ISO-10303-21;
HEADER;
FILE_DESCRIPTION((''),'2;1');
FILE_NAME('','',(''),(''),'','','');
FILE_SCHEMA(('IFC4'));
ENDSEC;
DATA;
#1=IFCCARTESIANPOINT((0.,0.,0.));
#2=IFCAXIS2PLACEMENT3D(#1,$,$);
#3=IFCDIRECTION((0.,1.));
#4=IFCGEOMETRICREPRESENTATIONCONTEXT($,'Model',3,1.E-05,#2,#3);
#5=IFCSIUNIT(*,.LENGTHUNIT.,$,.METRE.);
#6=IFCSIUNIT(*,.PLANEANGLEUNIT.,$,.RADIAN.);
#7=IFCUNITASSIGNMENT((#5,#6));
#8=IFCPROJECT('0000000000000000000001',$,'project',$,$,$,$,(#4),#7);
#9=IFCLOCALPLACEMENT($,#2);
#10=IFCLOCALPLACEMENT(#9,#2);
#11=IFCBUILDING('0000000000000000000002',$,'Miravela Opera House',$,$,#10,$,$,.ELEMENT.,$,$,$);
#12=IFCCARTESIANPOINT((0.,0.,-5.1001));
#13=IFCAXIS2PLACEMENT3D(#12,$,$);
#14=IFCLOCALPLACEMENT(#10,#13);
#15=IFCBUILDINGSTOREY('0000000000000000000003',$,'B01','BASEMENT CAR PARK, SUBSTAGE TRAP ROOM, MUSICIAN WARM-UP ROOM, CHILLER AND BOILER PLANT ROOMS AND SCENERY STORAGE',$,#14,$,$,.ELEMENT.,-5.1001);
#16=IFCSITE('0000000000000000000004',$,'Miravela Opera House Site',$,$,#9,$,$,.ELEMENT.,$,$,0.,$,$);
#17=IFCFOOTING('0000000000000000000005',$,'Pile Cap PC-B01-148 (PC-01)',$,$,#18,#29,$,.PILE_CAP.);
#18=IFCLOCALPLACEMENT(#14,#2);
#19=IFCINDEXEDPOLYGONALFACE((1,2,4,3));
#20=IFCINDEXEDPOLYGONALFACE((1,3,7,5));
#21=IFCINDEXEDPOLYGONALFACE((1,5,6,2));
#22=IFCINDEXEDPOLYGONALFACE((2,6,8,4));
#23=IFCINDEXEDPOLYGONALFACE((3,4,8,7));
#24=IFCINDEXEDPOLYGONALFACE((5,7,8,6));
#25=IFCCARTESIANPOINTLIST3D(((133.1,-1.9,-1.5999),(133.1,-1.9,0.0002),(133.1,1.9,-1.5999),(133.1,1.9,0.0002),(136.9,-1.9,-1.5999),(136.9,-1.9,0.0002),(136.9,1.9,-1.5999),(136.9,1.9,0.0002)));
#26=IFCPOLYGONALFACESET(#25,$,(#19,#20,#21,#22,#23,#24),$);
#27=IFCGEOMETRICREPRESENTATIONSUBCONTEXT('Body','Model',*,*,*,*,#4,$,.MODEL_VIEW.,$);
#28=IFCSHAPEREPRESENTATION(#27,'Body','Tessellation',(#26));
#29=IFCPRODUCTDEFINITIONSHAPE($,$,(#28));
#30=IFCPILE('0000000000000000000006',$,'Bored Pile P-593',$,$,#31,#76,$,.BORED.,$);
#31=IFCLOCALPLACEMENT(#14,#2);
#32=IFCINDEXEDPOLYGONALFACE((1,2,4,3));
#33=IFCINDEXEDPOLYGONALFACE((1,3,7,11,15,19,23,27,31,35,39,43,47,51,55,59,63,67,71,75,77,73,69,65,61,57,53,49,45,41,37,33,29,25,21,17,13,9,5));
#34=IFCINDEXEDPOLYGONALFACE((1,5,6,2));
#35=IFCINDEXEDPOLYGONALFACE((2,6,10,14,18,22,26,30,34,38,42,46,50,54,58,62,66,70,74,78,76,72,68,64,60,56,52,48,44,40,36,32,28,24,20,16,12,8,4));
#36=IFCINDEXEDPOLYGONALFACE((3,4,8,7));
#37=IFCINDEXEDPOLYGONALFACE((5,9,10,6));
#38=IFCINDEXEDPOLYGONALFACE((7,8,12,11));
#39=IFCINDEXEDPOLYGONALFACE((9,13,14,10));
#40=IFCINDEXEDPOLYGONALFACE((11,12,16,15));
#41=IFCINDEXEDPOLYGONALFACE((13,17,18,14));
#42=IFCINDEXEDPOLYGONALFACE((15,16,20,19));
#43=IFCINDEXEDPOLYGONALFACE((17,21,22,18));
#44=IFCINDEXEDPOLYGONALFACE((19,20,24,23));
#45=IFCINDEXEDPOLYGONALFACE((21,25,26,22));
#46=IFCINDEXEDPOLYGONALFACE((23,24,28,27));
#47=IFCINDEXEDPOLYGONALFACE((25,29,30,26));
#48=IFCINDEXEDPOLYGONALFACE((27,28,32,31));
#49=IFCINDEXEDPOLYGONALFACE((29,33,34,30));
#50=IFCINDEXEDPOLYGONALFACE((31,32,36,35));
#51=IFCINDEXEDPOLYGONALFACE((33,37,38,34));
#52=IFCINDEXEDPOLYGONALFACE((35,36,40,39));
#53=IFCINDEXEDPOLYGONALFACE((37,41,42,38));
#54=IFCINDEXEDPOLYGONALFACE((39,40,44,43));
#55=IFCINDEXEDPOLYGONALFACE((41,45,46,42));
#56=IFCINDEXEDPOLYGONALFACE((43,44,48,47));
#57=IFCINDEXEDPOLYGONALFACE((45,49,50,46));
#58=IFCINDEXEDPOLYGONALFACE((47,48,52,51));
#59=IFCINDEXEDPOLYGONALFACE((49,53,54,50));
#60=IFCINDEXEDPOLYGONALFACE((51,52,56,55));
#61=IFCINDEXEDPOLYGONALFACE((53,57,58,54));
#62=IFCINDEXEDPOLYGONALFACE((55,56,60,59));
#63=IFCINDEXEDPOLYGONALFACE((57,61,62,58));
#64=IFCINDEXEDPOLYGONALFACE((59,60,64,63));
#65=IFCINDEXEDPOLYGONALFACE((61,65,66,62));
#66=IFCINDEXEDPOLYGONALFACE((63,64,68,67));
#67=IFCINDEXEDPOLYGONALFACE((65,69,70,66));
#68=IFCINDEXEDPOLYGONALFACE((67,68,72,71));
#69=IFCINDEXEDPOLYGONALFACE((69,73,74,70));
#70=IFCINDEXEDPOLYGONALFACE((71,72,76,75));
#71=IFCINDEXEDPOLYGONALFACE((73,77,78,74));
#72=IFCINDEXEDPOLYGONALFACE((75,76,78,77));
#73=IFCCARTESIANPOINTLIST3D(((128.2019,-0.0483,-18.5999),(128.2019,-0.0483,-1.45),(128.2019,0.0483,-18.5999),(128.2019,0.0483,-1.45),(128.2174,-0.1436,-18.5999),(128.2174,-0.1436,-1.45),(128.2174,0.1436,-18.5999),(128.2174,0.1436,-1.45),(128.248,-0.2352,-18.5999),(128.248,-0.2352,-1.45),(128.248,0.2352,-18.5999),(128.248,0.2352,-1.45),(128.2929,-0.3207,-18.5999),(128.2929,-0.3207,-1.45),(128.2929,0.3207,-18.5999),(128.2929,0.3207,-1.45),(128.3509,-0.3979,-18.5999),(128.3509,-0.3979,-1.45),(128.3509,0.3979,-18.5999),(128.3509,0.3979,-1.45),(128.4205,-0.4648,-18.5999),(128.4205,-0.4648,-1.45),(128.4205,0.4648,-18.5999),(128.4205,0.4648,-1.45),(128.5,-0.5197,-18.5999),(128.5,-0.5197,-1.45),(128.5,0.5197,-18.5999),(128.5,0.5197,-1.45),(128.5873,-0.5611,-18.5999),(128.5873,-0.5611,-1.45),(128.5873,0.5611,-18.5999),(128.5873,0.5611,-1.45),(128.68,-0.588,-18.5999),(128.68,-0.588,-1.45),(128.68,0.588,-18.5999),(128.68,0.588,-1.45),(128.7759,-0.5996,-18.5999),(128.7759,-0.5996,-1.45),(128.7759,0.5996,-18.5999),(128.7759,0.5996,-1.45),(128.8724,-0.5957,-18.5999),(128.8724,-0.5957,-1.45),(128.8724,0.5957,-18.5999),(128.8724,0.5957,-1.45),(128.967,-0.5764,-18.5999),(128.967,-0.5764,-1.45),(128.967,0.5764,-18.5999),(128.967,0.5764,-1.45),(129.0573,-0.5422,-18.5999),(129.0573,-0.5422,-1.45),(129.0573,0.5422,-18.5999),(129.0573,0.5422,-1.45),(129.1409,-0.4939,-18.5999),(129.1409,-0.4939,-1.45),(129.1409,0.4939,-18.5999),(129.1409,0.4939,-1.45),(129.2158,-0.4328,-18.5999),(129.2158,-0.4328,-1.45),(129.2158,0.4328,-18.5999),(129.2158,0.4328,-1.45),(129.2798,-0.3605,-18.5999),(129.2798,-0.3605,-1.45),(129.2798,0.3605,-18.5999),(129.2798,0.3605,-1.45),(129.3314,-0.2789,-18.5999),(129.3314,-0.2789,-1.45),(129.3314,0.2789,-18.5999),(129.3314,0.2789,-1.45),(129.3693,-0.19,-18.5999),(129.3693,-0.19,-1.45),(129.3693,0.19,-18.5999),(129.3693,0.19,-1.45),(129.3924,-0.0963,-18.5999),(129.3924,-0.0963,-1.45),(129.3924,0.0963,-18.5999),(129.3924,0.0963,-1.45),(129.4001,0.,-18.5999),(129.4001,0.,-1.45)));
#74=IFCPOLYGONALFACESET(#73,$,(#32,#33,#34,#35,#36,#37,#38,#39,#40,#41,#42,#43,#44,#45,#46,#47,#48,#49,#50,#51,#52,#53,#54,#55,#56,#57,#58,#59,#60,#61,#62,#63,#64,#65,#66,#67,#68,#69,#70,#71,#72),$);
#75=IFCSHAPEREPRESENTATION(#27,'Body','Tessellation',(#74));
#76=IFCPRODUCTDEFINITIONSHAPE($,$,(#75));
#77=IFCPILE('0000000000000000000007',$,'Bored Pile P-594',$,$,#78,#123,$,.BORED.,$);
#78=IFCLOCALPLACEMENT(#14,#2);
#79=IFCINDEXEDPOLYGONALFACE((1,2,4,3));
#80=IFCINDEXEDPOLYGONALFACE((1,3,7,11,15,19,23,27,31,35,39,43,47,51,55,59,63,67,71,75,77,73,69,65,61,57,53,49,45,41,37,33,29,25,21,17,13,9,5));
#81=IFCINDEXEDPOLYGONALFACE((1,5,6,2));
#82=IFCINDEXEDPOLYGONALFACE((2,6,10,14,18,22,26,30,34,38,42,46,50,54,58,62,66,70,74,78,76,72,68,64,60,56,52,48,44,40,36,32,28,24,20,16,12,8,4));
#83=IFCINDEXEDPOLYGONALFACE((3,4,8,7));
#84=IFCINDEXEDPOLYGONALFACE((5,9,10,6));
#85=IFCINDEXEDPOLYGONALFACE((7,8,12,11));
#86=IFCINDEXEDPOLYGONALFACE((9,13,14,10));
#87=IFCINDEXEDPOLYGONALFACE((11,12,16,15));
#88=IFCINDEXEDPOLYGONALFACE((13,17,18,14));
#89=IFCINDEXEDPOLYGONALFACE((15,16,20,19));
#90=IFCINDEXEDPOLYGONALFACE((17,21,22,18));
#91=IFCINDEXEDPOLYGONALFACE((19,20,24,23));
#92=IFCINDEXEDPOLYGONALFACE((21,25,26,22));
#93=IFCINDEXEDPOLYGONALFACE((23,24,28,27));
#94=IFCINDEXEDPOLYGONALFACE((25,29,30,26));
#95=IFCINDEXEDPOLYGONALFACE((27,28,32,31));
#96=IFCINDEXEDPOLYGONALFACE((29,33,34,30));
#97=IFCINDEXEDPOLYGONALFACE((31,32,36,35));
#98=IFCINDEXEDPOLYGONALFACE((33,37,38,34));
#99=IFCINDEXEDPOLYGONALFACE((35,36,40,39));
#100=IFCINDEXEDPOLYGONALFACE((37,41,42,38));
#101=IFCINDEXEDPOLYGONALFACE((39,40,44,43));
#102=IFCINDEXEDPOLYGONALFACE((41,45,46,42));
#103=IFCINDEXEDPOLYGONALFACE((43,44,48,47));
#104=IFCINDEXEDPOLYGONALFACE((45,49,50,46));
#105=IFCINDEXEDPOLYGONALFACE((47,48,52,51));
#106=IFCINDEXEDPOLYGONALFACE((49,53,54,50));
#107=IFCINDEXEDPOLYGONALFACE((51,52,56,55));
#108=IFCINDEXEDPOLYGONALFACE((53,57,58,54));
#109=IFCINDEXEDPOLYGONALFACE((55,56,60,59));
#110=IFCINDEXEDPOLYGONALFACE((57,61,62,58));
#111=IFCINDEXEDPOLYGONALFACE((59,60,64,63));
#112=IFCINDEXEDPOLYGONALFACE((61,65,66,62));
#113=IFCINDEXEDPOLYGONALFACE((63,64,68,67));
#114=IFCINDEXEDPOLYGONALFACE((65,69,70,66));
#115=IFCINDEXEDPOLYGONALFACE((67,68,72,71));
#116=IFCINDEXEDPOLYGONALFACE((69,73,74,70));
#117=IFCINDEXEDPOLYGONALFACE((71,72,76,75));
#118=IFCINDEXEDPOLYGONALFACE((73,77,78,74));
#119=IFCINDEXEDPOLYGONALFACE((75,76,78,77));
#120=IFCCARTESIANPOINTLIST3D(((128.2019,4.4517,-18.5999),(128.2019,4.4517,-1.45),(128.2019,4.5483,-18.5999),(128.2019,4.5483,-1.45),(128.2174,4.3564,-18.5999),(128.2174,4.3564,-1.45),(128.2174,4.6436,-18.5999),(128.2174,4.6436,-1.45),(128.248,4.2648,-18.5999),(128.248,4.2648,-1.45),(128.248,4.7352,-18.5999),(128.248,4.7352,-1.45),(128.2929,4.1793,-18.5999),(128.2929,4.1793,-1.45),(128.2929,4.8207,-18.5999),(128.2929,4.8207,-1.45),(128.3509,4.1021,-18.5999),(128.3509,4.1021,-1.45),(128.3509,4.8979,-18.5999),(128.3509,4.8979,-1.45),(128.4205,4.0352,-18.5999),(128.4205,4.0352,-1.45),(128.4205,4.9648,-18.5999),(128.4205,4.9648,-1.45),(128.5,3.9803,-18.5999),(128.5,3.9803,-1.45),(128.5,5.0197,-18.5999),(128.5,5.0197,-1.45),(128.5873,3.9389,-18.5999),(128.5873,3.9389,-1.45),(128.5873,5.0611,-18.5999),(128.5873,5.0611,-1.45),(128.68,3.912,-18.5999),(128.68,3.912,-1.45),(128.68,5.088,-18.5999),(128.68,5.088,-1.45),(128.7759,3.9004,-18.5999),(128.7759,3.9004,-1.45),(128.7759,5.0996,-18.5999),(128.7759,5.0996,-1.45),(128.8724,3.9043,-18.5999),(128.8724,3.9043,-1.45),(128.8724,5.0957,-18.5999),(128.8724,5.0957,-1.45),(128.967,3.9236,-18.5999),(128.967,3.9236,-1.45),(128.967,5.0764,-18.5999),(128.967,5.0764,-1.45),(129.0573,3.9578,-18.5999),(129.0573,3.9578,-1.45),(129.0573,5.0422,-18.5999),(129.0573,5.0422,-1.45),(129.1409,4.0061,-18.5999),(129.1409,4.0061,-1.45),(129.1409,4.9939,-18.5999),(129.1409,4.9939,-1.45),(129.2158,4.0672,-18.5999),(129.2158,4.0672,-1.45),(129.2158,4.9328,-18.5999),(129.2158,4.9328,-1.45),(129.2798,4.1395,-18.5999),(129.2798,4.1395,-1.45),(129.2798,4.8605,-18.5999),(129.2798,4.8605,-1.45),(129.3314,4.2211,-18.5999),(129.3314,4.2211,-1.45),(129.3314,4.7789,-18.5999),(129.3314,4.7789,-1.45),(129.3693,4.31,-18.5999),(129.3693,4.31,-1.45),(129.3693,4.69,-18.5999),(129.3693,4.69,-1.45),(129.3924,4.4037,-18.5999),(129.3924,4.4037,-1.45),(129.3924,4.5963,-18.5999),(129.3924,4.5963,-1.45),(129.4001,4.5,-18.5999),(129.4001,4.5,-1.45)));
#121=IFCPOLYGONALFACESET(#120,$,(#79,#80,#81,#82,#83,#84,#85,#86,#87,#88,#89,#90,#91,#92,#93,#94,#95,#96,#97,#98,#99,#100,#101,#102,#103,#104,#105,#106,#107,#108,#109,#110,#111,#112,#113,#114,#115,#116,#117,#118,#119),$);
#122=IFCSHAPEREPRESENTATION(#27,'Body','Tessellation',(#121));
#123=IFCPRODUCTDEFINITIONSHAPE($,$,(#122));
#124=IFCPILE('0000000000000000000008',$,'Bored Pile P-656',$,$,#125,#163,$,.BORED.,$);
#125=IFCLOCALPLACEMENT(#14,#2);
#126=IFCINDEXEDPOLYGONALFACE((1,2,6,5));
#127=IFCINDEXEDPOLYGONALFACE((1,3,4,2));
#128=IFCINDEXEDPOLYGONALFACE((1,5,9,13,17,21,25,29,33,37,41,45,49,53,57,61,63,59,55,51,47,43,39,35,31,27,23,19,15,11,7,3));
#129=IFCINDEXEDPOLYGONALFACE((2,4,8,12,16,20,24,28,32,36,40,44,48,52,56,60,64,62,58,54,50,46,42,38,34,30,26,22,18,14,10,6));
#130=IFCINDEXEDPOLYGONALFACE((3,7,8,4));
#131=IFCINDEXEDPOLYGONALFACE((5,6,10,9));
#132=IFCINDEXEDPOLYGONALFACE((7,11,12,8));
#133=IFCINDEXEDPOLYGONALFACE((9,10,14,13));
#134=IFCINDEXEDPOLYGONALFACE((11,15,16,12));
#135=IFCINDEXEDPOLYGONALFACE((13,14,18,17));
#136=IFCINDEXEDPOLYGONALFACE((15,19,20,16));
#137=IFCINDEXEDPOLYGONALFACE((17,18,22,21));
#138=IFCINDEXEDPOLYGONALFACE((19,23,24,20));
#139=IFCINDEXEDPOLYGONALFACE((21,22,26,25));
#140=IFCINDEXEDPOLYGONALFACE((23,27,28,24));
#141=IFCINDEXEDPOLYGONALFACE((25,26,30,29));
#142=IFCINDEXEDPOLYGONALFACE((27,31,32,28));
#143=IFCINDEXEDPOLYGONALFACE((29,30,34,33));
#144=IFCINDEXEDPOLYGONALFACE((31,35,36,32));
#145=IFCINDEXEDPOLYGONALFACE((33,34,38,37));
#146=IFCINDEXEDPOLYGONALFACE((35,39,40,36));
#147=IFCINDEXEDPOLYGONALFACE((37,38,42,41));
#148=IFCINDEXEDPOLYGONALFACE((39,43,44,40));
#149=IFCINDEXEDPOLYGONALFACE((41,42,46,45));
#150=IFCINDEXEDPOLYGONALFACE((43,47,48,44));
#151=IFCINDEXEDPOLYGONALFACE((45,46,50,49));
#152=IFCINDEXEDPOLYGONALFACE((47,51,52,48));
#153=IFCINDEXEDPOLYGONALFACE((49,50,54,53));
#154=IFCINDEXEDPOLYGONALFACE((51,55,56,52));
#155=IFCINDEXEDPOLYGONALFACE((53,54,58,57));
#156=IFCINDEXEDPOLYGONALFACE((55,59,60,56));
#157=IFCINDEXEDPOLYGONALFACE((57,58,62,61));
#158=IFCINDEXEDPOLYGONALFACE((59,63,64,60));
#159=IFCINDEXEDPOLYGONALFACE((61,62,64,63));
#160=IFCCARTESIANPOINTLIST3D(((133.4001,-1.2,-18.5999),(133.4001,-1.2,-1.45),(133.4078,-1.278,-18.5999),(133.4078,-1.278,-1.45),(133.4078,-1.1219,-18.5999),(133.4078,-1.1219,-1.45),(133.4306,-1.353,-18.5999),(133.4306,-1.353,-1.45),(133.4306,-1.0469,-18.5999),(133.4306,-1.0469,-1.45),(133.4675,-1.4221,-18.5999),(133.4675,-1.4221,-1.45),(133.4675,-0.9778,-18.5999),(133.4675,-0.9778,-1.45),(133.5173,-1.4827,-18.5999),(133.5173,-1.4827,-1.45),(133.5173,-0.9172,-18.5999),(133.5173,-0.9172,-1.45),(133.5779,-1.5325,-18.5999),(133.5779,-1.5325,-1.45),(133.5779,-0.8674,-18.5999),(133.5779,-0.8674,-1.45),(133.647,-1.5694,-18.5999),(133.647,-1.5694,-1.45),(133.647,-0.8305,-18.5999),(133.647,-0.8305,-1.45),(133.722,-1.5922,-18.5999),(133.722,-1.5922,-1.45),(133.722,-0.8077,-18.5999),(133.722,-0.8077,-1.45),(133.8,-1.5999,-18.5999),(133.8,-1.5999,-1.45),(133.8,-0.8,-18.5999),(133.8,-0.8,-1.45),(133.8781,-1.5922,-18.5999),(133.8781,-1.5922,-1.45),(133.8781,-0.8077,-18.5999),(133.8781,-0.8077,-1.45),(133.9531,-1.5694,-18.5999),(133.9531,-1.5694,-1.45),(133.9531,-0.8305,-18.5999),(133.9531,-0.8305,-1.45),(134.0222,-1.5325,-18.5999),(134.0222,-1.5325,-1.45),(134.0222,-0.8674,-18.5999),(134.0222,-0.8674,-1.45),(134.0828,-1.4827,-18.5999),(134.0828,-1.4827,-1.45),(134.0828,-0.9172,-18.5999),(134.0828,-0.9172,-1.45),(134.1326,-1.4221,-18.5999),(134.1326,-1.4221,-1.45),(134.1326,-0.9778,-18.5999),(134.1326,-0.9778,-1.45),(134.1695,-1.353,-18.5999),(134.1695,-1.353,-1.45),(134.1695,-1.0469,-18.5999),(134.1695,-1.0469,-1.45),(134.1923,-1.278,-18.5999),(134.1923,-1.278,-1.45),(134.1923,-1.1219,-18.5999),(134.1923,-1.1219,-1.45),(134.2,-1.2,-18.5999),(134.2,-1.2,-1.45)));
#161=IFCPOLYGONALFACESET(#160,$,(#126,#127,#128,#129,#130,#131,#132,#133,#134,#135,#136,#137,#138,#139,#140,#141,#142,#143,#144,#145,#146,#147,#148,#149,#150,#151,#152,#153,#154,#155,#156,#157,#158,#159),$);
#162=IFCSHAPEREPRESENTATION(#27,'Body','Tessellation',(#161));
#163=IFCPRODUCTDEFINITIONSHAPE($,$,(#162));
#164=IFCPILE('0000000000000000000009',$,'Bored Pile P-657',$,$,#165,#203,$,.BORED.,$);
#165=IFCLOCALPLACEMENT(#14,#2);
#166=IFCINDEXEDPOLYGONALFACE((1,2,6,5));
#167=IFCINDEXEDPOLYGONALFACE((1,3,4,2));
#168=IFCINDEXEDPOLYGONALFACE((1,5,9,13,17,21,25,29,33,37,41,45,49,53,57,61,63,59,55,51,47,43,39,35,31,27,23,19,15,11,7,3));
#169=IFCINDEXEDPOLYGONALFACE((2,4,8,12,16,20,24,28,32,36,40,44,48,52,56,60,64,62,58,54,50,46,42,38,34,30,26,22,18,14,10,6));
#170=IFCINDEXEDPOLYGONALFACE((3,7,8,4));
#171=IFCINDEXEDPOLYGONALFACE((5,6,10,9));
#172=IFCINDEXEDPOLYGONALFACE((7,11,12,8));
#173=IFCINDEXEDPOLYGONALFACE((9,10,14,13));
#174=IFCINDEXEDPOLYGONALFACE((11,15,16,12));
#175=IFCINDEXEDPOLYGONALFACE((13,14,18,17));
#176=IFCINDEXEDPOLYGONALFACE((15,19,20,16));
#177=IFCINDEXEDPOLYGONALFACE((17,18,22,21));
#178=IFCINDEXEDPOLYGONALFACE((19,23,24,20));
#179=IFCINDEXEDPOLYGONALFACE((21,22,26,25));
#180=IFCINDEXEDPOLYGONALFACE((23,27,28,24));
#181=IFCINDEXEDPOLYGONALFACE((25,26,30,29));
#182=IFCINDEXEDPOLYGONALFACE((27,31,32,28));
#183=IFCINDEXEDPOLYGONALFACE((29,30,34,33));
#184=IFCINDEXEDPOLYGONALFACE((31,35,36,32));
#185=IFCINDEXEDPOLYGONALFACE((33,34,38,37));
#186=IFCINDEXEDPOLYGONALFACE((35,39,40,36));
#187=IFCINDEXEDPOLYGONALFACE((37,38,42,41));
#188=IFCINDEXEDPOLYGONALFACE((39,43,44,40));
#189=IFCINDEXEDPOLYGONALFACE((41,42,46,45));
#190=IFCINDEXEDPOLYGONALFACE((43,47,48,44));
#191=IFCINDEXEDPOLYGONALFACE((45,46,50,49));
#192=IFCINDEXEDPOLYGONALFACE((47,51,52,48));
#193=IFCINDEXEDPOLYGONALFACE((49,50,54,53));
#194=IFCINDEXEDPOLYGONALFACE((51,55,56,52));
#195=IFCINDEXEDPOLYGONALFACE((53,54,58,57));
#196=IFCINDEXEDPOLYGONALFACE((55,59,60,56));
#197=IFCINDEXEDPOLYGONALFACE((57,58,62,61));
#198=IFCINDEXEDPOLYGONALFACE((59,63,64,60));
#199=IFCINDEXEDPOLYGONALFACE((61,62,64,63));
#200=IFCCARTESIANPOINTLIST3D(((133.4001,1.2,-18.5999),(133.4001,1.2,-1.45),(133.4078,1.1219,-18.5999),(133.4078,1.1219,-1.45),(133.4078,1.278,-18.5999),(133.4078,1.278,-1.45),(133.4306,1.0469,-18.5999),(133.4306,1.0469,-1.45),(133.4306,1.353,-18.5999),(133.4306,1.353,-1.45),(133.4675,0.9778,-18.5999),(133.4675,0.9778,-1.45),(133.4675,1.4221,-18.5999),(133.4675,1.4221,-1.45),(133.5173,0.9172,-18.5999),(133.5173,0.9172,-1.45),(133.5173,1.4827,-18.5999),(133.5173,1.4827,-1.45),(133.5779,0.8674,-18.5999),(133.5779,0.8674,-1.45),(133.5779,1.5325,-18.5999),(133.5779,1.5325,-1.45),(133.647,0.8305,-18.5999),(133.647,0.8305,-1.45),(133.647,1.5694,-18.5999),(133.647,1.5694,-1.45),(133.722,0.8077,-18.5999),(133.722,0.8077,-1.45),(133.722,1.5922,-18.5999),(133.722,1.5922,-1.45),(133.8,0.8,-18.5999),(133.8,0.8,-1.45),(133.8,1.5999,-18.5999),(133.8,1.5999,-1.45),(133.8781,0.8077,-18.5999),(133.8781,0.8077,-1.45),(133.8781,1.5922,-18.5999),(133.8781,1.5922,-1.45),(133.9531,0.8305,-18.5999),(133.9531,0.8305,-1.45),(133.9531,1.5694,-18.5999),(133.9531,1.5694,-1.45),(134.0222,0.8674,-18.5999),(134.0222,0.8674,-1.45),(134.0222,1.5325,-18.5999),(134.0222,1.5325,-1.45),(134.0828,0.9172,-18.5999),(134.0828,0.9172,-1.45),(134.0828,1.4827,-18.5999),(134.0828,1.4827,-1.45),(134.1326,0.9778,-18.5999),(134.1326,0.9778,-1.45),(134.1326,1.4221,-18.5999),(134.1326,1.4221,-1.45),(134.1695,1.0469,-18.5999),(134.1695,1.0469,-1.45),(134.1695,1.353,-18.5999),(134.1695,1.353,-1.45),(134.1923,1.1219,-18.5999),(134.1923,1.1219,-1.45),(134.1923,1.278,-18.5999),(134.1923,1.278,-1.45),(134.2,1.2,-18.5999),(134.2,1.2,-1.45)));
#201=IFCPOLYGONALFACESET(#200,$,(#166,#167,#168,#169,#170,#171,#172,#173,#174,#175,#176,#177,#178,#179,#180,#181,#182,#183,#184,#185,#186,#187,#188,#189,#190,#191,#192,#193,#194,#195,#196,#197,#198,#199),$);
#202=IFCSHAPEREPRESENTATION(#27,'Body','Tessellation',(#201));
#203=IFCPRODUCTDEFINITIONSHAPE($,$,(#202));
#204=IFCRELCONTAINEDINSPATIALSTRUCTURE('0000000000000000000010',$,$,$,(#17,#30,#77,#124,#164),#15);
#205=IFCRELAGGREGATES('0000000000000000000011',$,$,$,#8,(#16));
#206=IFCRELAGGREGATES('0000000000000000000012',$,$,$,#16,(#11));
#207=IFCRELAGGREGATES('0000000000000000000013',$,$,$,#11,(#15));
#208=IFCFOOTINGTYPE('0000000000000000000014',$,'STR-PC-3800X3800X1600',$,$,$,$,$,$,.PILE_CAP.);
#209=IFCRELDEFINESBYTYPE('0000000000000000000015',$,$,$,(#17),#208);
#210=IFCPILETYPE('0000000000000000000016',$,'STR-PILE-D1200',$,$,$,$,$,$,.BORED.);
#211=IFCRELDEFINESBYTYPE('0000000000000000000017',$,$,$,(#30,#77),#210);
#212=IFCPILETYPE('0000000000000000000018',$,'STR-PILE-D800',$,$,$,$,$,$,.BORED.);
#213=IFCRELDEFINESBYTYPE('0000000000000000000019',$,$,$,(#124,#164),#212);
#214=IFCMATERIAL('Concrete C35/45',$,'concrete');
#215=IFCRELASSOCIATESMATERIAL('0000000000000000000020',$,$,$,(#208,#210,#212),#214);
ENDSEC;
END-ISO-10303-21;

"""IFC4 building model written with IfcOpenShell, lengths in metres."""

from ifc_helpers import new_model, si_unit, direction, frame, origin, origin_2d, place, context, subcontext, project, spatial, rectangle, circle, extrude, material, material_profile, profile_set, type_object, element, save


model = new_model("IFC4")

# Units and contexts
model_context = context("Model", 3, precision=1e-05, world=origin(), true_north=direction((0.0, 1.0)))
body_context = subcontext(model_context, "Body", "Model", "MODEL_VIEW")
ifc_project = project(units=[si_unit("LENGTHUNIT", "METRE"), si_unit("PLANEANGLEUNIT", "RADIAN")], contexts=[model_context])

# Site, building, storey
site_placement = place(None, origin())
site = spatial("IfcSite", under=ifc_project, at=site_placement, Name="Miravela Opera House Site", CompositionType="ELEMENT", RefElevation=0.0)
building_placement = place(site_placement, origin())
building = spatial("IfcBuilding", under=site, at=building_placement, Name="Miravela Opera House", CompositionType="ELEMENT")
storey_placement = place(building_placement, frame((0.0, 0.0, -5.1001)))
storey = spatial("IfcBuildingStorey", under=building, at=storey_placement, Name="B01", Description="BASEMENT CAR PARK, SUBSTAGE TRAP ROOM, MUSICIAN WARM-UP ROOM, CHILLER AND BOILER PLANT ROOMS AND SCENERY STORAGE", CompositionType="ELEMENT", Elevation=-5.1001)

# Footing
ifc_material_1 = material(Name="Concrete C35/45", Category="concrete")
footing_type = type_object("IfcFootingType", Name="STR-PC-3800X3800X1600", PredefinedType="PILE_CAP", material=ifc_material_1)
footing_placement = place(storey_placement, frame((135.0, 0.0, -1.5999), z_axis=(0.0, 0.0, 1.0), x_axis=(1.0, 0.0, 0.0)))
element("IfcFooting", 1, at=footing_placement, inside=storey, type_object=footing_type, Name="Pile Cap PC-B01-148 (PC-01)", PredefinedType="PILE_CAP", context=body_context, shape_type="SweptSolid", body=[
    extrude(rectangle(XDim=3.8, YDim=3.8, at=origin_2d()), origin(), (0.0, 0.0, 1.0), 1.6001),
])

# Piles
ifc_material_profile_1 = material_profile(ifc_material_1, circle(Radius=0.6001, at=origin_2d()), Name="PILE-D1200")
ifc_profile_set_1 = profile_set([ifc_material_profile_1])
pile_type_1 = type_object("IfcPileType", Name="STR-PILE-D1200", PredefinedType="BORED", material=ifc_profile_set_1)
for number, where, z_axis, x_axis, name in (
    (2, (128.8, 0.0, -1.45), (0.0, 0.0, -1.0), (1.0, 0.0, 0.0), "Bored Pile P-593"),
    (3, (128.8, 4.5, -1.45), (0.0, 0.0, -1.0), (1.0, 0.0, 0.0), "Bored Pile P-594"),
):
    element("IfcPile", number, at=place(storey_placement, frame(where, z_axis=z_axis, x_axis=x_axis)), inside=storey, type_object=pile_type_1, Name=name, PredefinedType="BORED", context=body_context, shape_type="SweptSolid", body=[
        extrude(circle(Radius=0.6001, at=origin_2d()), origin(), (0.0, 0.0, 1.0), 17.1499),
    ])
ifc_material_profile_2 = material_profile(ifc_material_1, circle(Radius=0.3999, at=origin_2d()), Name="PILE-D800")
ifc_profile_set_2 = profile_set([ifc_material_profile_2])
pile_type_2 = type_object("IfcPileType", Name="STR-PILE-D800", PredefinedType="BORED", material=ifc_profile_set_2)
for number, where, z_axis, x_axis, name in (
    (4, (133.8, -1.2, -1.45), (0.0, 0.0, -1.0), (1.0, 0.0, 0.0), "Bored Pile P-656"),
    (5, (133.8, 1.2, -1.45), (0.0, 0.0, -1.0), (1.0, 0.0, 0.0), "Bored Pile P-657"),
):
    element("IfcPile", number, at=place(storey_placement, frame(where, z_axis=z_axis, x_axis=x_axis)), inside=storey, type_object=pile_type_2, Name=name, PredefinedType="BORED", context=body_context, shape_type="SweptSolid", body=[
        extrude(circle(Radius=0.3999, at=origin_2d()), origin(), (0.0, 0.0, 1.0), 17.1499),
    ])

save(model, "model.ifc")
